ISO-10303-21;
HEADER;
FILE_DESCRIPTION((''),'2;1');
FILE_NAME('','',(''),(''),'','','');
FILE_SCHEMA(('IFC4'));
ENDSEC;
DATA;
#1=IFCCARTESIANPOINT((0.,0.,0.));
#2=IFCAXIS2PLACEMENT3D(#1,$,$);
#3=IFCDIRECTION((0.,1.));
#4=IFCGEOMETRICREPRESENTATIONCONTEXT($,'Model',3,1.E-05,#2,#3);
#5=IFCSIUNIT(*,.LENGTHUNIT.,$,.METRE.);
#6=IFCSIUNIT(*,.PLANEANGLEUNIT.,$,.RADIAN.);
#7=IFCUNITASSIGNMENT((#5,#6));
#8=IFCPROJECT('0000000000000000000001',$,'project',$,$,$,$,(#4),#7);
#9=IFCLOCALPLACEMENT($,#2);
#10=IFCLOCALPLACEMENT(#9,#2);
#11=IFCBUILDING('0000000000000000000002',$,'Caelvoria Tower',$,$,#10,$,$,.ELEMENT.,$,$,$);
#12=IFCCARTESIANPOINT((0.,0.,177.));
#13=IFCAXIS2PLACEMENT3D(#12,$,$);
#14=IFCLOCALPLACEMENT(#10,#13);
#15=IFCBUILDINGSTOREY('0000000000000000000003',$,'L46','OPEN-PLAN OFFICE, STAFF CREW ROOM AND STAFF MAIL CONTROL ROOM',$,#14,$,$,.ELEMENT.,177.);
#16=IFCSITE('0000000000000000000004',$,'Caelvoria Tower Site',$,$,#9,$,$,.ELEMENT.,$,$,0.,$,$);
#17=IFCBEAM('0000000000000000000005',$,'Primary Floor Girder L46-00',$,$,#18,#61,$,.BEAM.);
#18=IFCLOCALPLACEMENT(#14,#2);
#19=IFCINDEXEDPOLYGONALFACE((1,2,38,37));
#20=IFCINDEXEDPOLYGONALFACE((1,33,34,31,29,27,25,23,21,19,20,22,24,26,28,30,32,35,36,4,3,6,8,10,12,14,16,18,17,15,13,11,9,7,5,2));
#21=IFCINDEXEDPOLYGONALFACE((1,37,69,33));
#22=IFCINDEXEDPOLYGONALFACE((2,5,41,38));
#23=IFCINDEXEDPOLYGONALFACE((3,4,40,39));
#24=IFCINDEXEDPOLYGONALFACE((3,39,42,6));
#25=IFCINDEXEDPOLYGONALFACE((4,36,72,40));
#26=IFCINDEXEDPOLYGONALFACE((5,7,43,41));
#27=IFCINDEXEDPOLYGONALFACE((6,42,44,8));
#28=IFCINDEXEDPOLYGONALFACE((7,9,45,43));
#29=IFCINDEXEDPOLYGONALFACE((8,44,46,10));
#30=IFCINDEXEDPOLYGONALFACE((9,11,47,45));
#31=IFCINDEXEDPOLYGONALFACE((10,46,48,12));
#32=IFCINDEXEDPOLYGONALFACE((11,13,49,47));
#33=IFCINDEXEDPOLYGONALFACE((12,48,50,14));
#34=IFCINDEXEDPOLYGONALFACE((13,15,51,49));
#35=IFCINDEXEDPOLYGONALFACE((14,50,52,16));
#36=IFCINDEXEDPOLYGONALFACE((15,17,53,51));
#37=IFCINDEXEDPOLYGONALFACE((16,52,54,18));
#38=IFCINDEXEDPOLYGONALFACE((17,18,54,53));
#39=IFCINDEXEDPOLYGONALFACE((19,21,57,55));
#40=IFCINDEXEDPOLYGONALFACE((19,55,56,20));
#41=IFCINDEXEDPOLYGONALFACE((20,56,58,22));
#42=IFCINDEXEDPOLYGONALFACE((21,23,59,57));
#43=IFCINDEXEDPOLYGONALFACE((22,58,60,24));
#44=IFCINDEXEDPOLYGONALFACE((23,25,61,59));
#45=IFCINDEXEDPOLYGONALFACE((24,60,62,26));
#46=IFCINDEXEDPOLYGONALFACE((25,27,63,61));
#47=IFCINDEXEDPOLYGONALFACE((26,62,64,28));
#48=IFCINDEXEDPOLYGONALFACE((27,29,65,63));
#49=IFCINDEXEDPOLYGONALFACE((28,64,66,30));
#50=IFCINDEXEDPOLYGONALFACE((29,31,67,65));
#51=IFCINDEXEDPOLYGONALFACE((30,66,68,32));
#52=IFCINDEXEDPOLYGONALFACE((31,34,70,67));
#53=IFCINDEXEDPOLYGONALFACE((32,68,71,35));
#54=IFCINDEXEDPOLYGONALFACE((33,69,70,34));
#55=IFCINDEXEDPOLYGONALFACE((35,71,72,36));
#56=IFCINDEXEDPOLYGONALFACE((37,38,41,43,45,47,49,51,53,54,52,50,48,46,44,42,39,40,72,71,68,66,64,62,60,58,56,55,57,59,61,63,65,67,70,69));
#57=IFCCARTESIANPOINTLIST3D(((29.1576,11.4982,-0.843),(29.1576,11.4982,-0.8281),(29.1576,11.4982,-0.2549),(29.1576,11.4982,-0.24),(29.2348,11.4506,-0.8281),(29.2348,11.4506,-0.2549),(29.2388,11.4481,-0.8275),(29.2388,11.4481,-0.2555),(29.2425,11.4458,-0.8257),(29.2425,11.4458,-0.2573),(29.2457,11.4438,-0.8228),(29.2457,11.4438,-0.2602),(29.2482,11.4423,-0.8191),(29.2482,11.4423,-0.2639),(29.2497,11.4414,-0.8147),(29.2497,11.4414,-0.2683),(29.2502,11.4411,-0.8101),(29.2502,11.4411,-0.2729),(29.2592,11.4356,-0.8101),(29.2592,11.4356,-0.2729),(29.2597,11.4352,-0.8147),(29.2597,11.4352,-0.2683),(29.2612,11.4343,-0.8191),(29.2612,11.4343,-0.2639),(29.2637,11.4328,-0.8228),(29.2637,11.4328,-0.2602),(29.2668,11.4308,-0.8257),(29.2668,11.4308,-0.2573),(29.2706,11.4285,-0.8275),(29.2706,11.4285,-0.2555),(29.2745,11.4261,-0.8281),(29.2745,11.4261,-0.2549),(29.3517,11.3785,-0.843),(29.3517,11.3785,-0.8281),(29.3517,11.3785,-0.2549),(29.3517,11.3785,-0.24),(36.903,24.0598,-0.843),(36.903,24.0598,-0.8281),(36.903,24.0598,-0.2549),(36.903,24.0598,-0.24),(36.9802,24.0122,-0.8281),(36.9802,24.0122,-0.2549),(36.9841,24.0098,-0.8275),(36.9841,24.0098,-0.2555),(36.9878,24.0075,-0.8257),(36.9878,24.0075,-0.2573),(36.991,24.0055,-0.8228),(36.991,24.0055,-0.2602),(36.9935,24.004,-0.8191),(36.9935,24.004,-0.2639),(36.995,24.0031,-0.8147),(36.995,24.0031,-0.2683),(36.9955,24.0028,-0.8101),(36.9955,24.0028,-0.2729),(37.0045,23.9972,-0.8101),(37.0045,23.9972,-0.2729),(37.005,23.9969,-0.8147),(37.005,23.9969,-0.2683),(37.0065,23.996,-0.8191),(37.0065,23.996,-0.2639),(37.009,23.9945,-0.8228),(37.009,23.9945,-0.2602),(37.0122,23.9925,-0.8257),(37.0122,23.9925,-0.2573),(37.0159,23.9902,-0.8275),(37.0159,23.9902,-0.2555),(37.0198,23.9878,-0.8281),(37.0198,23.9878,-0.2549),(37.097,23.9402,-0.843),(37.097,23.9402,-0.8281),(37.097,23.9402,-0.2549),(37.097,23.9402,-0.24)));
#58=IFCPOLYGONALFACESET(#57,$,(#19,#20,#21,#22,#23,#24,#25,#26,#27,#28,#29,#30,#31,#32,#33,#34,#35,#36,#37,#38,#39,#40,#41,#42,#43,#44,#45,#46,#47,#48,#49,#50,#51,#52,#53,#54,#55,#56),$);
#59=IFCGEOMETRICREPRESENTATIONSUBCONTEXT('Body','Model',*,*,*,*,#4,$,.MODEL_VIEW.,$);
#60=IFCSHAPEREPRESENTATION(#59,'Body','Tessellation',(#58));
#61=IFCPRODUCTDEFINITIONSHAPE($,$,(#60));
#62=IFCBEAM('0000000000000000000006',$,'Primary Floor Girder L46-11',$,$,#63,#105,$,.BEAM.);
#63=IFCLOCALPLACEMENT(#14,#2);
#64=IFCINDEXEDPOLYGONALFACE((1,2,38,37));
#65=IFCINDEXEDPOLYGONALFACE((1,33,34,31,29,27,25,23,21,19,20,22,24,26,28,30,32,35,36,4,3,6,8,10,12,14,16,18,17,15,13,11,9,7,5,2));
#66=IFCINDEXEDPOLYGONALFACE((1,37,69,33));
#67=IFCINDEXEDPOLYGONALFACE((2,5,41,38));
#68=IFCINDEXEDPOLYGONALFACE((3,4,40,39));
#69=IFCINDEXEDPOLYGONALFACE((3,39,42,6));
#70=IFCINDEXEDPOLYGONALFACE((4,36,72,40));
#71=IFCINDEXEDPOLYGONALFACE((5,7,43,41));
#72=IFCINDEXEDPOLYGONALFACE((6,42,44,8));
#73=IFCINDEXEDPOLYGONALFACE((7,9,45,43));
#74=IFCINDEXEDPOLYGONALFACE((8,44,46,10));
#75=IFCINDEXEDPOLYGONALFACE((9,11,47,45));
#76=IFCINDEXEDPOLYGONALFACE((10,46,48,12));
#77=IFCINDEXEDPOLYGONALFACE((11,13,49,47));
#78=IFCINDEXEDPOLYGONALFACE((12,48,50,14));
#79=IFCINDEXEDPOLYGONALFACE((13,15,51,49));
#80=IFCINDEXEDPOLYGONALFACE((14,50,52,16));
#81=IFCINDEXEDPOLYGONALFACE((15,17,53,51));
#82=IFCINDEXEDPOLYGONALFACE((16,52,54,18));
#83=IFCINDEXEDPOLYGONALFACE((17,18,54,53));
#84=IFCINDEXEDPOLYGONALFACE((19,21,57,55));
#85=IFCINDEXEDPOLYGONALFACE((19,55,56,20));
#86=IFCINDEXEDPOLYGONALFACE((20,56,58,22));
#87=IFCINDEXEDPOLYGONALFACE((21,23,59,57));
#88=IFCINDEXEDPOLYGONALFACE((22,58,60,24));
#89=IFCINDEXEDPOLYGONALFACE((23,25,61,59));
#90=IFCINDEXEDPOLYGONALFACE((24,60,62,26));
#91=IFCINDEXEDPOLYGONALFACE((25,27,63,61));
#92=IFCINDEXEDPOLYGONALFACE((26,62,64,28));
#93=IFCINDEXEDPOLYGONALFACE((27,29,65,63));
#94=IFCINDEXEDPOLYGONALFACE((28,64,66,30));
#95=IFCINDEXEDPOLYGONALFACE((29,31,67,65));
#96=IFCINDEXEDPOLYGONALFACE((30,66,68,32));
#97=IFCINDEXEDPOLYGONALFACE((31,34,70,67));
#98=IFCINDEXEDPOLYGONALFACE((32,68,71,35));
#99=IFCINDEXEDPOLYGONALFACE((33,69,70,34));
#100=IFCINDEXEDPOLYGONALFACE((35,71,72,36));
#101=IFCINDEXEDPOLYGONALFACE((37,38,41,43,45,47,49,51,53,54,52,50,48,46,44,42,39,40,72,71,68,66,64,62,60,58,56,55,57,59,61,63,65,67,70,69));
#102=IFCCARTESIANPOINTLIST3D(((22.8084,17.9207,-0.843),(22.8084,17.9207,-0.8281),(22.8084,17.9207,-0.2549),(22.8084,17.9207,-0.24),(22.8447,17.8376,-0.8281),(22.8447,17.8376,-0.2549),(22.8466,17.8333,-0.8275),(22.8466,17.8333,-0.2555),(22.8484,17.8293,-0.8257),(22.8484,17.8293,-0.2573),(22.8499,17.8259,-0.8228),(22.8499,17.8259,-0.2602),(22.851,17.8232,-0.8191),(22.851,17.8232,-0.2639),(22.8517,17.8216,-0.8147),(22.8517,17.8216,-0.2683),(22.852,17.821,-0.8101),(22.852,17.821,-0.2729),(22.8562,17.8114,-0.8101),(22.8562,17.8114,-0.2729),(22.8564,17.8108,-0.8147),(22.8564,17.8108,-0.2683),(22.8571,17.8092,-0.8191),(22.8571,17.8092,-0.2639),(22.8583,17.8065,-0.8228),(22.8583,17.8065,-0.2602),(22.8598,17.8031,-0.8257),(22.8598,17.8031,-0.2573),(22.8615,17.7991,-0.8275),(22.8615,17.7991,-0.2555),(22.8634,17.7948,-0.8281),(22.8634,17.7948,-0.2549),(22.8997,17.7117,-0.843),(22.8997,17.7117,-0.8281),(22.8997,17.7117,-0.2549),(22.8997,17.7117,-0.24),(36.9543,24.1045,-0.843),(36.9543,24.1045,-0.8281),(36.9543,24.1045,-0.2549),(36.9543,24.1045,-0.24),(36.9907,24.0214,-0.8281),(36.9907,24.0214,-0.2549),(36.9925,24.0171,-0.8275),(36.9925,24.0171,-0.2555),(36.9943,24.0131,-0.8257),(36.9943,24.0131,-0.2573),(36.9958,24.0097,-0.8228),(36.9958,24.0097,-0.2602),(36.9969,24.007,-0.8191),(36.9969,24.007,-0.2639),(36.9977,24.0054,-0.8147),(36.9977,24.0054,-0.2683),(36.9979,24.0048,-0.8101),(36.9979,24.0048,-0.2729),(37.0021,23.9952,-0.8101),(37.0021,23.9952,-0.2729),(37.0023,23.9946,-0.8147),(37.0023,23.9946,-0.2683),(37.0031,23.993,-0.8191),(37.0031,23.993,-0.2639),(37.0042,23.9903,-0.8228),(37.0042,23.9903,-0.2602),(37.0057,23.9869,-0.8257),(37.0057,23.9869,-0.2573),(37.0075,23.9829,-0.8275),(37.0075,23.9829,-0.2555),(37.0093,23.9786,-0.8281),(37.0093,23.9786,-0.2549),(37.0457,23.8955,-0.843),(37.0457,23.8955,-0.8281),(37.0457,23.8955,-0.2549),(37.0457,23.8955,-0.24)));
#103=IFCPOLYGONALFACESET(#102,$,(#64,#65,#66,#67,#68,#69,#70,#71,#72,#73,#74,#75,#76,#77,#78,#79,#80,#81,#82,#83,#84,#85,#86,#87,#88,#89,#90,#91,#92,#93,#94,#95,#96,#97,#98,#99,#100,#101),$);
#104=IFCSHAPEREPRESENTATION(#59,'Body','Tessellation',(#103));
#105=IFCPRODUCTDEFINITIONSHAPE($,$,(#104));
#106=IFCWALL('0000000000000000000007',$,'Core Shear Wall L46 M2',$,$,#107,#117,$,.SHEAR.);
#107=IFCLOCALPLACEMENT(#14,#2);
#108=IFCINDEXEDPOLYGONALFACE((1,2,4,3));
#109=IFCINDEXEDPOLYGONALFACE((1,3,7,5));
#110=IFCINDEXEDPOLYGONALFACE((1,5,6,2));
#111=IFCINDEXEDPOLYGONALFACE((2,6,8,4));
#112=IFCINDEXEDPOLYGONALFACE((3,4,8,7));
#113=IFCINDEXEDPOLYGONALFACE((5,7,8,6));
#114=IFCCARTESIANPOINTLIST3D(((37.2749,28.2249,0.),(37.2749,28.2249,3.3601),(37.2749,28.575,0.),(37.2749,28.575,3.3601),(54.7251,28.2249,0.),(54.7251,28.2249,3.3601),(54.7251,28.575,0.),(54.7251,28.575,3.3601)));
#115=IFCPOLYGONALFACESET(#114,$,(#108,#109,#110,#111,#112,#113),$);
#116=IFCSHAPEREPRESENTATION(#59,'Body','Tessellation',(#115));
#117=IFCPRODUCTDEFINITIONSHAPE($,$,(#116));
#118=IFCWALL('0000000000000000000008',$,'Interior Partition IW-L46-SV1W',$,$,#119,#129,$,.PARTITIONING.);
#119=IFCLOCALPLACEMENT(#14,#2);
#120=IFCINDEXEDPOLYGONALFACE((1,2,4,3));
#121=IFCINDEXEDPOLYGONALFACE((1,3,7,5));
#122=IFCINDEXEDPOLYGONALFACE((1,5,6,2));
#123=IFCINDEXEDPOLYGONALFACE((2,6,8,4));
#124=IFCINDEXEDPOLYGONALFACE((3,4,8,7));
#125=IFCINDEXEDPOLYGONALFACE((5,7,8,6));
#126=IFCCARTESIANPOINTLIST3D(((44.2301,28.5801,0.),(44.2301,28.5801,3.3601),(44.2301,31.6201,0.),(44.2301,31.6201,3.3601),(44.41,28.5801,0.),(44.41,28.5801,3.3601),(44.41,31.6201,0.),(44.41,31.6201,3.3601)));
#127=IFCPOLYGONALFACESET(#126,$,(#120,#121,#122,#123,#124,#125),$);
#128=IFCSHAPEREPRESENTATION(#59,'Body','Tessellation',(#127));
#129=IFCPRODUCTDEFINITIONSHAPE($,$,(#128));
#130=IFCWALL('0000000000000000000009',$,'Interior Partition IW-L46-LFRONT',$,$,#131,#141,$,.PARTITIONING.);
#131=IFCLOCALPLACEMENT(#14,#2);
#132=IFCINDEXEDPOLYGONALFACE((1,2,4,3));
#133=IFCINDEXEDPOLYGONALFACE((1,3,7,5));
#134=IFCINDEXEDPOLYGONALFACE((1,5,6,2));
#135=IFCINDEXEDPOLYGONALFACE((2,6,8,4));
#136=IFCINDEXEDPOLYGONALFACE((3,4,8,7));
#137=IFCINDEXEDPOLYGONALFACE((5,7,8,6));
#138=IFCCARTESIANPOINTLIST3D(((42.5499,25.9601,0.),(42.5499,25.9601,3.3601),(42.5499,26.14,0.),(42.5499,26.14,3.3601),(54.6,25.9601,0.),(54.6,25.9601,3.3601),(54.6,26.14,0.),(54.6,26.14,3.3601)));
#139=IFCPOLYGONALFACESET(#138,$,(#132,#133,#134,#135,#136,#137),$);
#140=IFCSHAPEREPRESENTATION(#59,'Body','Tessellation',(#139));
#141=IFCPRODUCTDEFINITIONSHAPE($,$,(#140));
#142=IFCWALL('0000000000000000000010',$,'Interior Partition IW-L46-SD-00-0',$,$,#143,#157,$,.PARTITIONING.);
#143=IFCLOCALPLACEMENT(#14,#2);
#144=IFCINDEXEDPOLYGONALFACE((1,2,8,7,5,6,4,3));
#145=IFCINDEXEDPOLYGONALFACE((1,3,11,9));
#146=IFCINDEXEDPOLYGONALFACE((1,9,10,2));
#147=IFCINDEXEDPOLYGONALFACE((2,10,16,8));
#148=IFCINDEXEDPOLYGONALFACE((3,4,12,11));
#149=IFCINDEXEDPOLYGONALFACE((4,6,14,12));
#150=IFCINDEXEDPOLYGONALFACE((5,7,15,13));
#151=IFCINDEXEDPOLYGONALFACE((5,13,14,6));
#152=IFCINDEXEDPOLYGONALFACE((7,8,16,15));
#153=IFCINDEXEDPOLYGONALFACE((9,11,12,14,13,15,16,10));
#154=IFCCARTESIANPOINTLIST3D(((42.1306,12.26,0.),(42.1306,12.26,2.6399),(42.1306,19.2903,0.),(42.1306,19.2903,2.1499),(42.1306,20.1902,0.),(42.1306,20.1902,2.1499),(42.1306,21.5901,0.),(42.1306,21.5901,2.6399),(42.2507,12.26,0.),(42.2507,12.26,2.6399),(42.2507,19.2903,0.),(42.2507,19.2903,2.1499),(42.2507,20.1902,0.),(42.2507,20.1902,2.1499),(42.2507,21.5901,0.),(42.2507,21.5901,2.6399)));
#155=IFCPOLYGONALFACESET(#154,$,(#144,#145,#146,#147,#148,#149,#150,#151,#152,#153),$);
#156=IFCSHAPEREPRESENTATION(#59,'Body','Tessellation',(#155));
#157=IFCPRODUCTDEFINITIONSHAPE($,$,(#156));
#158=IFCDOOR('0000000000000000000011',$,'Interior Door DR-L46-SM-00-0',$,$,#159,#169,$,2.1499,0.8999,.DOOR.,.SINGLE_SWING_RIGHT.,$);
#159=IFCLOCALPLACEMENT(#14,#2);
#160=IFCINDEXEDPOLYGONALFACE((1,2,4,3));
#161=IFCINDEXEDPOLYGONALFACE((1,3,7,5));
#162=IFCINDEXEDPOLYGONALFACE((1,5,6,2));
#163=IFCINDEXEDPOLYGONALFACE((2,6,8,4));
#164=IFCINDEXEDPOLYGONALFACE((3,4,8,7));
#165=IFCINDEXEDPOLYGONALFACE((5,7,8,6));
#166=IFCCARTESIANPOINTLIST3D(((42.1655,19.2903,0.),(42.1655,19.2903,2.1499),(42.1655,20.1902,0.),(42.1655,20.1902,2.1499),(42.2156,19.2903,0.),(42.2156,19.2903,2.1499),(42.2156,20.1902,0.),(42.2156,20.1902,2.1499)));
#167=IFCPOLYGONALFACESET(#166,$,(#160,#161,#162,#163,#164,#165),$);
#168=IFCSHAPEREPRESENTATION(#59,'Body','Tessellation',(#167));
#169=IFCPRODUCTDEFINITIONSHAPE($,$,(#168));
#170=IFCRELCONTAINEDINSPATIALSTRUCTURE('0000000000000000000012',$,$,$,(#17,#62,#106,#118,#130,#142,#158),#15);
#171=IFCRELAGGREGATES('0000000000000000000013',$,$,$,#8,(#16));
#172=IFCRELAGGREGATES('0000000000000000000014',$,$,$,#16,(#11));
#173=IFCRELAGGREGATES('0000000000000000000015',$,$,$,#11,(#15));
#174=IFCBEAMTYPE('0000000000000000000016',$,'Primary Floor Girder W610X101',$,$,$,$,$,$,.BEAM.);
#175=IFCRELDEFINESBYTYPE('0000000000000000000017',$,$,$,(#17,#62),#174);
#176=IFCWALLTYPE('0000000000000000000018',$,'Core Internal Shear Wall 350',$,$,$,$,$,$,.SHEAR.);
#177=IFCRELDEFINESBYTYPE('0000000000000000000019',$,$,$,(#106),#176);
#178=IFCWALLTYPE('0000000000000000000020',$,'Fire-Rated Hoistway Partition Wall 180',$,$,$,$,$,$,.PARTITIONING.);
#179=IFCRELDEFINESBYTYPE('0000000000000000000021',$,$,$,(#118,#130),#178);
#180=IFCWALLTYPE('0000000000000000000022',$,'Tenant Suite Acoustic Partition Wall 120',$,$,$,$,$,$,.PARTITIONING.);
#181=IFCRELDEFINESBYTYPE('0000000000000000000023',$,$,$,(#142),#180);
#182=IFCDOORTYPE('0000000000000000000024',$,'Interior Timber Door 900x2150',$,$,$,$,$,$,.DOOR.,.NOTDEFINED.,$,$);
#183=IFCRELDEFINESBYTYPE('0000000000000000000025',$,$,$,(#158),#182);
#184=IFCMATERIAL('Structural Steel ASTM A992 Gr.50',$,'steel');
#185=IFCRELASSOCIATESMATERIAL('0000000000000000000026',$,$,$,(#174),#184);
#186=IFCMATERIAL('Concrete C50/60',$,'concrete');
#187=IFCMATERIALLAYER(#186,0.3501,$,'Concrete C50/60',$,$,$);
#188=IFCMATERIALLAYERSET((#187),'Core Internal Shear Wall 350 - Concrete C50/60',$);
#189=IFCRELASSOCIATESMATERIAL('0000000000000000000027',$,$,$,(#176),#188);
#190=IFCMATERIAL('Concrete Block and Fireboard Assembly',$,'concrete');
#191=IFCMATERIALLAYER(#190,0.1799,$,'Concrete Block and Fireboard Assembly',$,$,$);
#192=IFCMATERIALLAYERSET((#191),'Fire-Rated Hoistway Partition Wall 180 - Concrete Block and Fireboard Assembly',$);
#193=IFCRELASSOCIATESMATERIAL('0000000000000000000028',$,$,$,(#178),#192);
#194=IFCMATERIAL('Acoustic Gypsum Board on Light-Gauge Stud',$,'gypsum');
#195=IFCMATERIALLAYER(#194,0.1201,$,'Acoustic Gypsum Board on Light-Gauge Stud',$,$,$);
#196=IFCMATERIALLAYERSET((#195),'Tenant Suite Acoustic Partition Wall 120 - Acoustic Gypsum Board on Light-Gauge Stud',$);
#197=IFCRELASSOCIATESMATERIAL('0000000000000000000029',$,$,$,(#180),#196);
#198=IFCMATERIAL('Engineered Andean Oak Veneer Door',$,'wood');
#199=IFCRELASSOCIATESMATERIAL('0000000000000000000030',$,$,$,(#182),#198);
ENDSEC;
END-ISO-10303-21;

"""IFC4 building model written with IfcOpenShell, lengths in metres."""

from ifc_helpers import new_model, si_unit, direction, frame, frame_2d, origin, origin_2d, place, context, subcontext, project, spatial, rectangle, i_section, extrude, material, layer, layer_set, material_profile, profile_set, type_object, element, fill, save


model = new_model("IFC4")

# Units and contexts
model_context = context("Model", 3, precision=1e-05, world=origin(), true_north=direction((0.0, 1.0)))
body_context = subcontext(model_context, "Body", "Model", "MODEL_VIEW")
ifc_project = project(units=[si_unit("LENGTHUNIT", "METRE"), si_unit("PLANEANGLEUNIT", "RADIAN")], contexts=[model_context])

# Site, building, storey
site_placement = place(None, origin())
site = spatial("IfcSite", under=ifc_project, at=site_placement, Name="Caelvoria Tower Site", CompositionType="ELEMENT", RefElevation=0.0)
building_placement = place(site_placement, origin())
building = spatial("IfcBuilding", under=site, at=building_placement, Name="Caelvoria Tower", CompositionType="ELEMENT")
storey_placement = place(building_placement, frame((0.0, 0.0, 177.0)))
storey = spatial("IfcBuildingStorey", under=building, at=storey_placement, Name="L46", Description="OPEN-PLAN OFFICE, STAFF CREW ROOM AND STAFF MAIL CONTROL ROOM", CompositionType="ELEMENT", Elevation=177.0)

# Beams
ifc_material_1 = material(Name="Structural Steel ASTM A992 Gr.50", Category="steel")
ifc_material_profile = material_profile(ifc_material_1, i_section(OverallWidth=0.228, OverallDepth=0.603, WebThickness=0.0105, FlangeThickness=0.0149, FilletRadius=0.0181, at=origin_2d()), Name="Structural Steel ASTM A992 Gr.50")
ifc_profile_set = profile_set([ifc_material_profile], Name="W610X101 - Structural Steel ASTM A992 Gr.50")
beam_type = type_object("IfcBeamType", Name="Primary Floor Girder W610X101", PredefinedType="BEAM", material=ifc_profile_set)
beam_1_placement = place(storey_placement, frame((37.0, 24.0, -0.5415), z_axis=(-0.524837, -0.851203, 0.0), x_axis=(0.851203, -0.524837, 0.0)))
element("IfcBeam", 1, at=beam_1_placement, inside=storey, type_object=beam_type, Name="Primary Floor Girder L46-00", PredefinedType="BEAM", context=body_context, shape_type="SweptSolid", body=[
    extrude(i_section(OverallWidth=0.228, OverallDepth=0.603, WebThickness=0.0105, FlangeThickness=0.0149, FilletRadius=0.0181, at=origin_2d()), origin(), (0.0, 0.0, 1.0), 14.7576),
])
beam_2_placement = place(storey_placement, frame((37.0, 24.0, -0.5415), z_axis=(-0.916277, -0.400545, 0.0), x_axis=(0.400545, -0.916277, 0.0)))
element("IfcBeam", 2, at=beam_2_placement, inside=storey, type_object=beam_type, Name="Primary Floor Girder L46-11", PredefinedType="BEAM", context=body_context, shape_type="SweptSolid", body=[
    extrude(i_section(OverallWidth=0.228, OverallDepth=0.603, WebThickness=0.0105, FlangeThickness=0.0149, FilletRadius=0.0181, at=origin_2d()), origin(), (0.0, 0.0, 1.0), 15.4385),
])

# Shared definitions
ifc_material_2 = material(Name="Concrete C50/60", Category="concrete")
ifc_layer_1 = layer(ifc_material_2, 0.3501, Name="Concrete C50/60")
ifc_layer_set_1 = layer_set([ifc_layer_1], Name="Core Internal Shear Wall 350 - Concrete C50/60")
wall_type_1 = type_object("IfcWallType", Name="Core Internal Shear Wall 350", PredefinedType="SHEAR", material=ifc_layer_set_1)

# Wall
wall_1_placement = place(storey_placement, frame((37.2749, 28.3999, 0.0), z_axis=(0.0, 0.0, 1.0), x_axis=(1.0, 0.0, 0.0)))
element("IfcWall", 3, at=wall_1_placement, inside=storey, type_object=wall_type_1, Name="Core Shear Wall L46 M2", PredefinedType="SHEAR", context=body_context, shape_type="SweptSolid", body=[
    extrude(rectangle(XDim=17.4502, YDim=0.3501, at=frame_2d((8.7251, 0.0))), origin(), (0.0, 0.0, 1.0), 3.3601),
])

# Walls
ifc_material_3 = material(Name="Concrete Block and Fireboard Assembly", Category="concrete")
ifc_layer_2 = layer(ifc_material_3, 0.1799, Name="Concrete Block and Fireboard Assembly")
ifc_layer_set_2 = layer_set([ifc_layer_2], Name="Fire-Rated Hoistway Partition Wall 180 - Concrete Block and Fireboard Assembly")
wall_type_2 = type_object("IfcWallType", Name="Fire-Rated Hoistway Partition Wall 180", PredefinedType="PARTITIONING", material=ifc_layer_set_2)
wall_2_placement = place(storey_placement, frame((44.3201, 28.5801, 0.0), z_axis=(0.0, 0.0, 1.0), x_axis=(0.0, 1.0, 0.0)))
element("IfcWall", 4, at=wall_2_placement, inside=storey, type_object=wall_type_2, Name="Interior Partition IW-L46-SV1W", PredefinedType="PARTITIONING", context=body_context, shape_type="SweptSolid", body=[
    extrude(rectangle(XDim=3.04, YDim=0.1799, at=frame_2d((1.52, 0.0))), origin(), (0.0, 0.0, 1.0), 3.3601),
])
wall_3_placement = place(storey_placement, frame((42.55, 26.05, 0.0), z_axis=(0.0, 0.0, 1.0), x_axis=(1.0, 0.0, 0.0)))
element("IfcWall", 5, at=wall_3_placement, inside=storey, type_object=wall_type_2, Name="Interior Partition IW-L46-LFRONT", PredefinedType="PARTITIONING", context=body_context, shape_type="SweptSolid", body=[
    extrude(rectangle(XDim=12.05, YDim=0.1799, at=frame_2d((6.0249, 0.0))), origin(), (0.0, 0.0, 1.0), 3.3601),
])

# Wall, opening, door
ifc_material_4 = material(Name="Acoustic Gypsum Board on Light-Gauge Stud", Category="gypsum")
ifc_layer_3 = layer(ifc_material_4, 0.1201, Name="Acoustic Gypsum Board on Light-Gauge Stud")
ifc_layer_set_3 = layer_set([ifc_layer_3], Name="Tenant Suite Acoustic Partition Wall 120 - Acoustic Gypsum Board on Light-Gauge Stud")
wall_type_3 = type_object("IfcWallType", Name="Tenant Suite Acoustic Partition Wall 120", PredefinedType="PARTITIONING", material=ifc_layer_set_3)
wall_4_placement = place(storey_placement, frame((42.1907, 21.5901, 0.0), z_axis=(0.0, 0.0, 1.0), x_axis=(0.0, -1.0, 0.0)))
wall_4 = element("IfcWall", 6, at=wall_4_placement, inside=storey, type_object=wall_type_3, Name="Interior Partition IW-L46-SD-00-0", PredefinedType="PARTITIONING", context=body_context, shape_type="SweptSolid", body=[
    extrude(rectangle(XDim=9.3301, YDim=0.1201, at=frame_2d((4.665, 0.0))), origin(), (0.0, 0.0, 1.0), 2.6399),
])
opening_1_placement = place(wall_4_placement, frame((1.3999, 0.0, 0.0)))
opening_1 = element("IfcOpeningElement", 7, at=opening_1_placement, cuts=wall_4, PredefinedType="OPENING", context=body_context, shape_type="SweptSolid", body=[
    extrude(rectangle(XDim=0.8999, YDim=2.1499, at=frame_2d((0.45, 1.075))), frame((0.0, 0.0701, 0.0), z_axis=(0.0, -1.0, 0.0), x_axis=(1.0, 0.0, 0.0)), (0.0, 0.0, 1.0), 0.1401),
])
ifc_material_5 = material(Name="Engineered Andean Oak Veneer Door", Category="wood")
door_type_1 = type_object("IfcDoorType", Name="Interior Timber Door 900x2150", OperationType="NOTDEFINED", PredefinedType="DOOR", material=ifc_material_5)
door_1_placement = place(opening_1_placement, origin())
door_1 = element("IfcDoor", 8, at=door_1_placement, inside=storey, type_object=door_type_1, Name="Interior Door DR-L46-SM-00-0", OperationType="SINGLE_SWING_RIGHT", OverallHeight=2.1499, OverallWidth=0.8999, PredefinedType="DOOR", context=body_context, shape_type="SweptSolid", body=[
    extrude(rectangle(XDim=0.8999, YDim=2.1499, at=frame_2d((0.45, 1.075))), frame((0.0, 0.0249, 0.0), z_axis=(0.0, -1.0, 0.0), x_axis=(1.0, 0.0, 0.0)), (0.0, 0.0, 1.0), 0.05),
])
fill(opening_1, door_1)

save(model, "model.ifc")
